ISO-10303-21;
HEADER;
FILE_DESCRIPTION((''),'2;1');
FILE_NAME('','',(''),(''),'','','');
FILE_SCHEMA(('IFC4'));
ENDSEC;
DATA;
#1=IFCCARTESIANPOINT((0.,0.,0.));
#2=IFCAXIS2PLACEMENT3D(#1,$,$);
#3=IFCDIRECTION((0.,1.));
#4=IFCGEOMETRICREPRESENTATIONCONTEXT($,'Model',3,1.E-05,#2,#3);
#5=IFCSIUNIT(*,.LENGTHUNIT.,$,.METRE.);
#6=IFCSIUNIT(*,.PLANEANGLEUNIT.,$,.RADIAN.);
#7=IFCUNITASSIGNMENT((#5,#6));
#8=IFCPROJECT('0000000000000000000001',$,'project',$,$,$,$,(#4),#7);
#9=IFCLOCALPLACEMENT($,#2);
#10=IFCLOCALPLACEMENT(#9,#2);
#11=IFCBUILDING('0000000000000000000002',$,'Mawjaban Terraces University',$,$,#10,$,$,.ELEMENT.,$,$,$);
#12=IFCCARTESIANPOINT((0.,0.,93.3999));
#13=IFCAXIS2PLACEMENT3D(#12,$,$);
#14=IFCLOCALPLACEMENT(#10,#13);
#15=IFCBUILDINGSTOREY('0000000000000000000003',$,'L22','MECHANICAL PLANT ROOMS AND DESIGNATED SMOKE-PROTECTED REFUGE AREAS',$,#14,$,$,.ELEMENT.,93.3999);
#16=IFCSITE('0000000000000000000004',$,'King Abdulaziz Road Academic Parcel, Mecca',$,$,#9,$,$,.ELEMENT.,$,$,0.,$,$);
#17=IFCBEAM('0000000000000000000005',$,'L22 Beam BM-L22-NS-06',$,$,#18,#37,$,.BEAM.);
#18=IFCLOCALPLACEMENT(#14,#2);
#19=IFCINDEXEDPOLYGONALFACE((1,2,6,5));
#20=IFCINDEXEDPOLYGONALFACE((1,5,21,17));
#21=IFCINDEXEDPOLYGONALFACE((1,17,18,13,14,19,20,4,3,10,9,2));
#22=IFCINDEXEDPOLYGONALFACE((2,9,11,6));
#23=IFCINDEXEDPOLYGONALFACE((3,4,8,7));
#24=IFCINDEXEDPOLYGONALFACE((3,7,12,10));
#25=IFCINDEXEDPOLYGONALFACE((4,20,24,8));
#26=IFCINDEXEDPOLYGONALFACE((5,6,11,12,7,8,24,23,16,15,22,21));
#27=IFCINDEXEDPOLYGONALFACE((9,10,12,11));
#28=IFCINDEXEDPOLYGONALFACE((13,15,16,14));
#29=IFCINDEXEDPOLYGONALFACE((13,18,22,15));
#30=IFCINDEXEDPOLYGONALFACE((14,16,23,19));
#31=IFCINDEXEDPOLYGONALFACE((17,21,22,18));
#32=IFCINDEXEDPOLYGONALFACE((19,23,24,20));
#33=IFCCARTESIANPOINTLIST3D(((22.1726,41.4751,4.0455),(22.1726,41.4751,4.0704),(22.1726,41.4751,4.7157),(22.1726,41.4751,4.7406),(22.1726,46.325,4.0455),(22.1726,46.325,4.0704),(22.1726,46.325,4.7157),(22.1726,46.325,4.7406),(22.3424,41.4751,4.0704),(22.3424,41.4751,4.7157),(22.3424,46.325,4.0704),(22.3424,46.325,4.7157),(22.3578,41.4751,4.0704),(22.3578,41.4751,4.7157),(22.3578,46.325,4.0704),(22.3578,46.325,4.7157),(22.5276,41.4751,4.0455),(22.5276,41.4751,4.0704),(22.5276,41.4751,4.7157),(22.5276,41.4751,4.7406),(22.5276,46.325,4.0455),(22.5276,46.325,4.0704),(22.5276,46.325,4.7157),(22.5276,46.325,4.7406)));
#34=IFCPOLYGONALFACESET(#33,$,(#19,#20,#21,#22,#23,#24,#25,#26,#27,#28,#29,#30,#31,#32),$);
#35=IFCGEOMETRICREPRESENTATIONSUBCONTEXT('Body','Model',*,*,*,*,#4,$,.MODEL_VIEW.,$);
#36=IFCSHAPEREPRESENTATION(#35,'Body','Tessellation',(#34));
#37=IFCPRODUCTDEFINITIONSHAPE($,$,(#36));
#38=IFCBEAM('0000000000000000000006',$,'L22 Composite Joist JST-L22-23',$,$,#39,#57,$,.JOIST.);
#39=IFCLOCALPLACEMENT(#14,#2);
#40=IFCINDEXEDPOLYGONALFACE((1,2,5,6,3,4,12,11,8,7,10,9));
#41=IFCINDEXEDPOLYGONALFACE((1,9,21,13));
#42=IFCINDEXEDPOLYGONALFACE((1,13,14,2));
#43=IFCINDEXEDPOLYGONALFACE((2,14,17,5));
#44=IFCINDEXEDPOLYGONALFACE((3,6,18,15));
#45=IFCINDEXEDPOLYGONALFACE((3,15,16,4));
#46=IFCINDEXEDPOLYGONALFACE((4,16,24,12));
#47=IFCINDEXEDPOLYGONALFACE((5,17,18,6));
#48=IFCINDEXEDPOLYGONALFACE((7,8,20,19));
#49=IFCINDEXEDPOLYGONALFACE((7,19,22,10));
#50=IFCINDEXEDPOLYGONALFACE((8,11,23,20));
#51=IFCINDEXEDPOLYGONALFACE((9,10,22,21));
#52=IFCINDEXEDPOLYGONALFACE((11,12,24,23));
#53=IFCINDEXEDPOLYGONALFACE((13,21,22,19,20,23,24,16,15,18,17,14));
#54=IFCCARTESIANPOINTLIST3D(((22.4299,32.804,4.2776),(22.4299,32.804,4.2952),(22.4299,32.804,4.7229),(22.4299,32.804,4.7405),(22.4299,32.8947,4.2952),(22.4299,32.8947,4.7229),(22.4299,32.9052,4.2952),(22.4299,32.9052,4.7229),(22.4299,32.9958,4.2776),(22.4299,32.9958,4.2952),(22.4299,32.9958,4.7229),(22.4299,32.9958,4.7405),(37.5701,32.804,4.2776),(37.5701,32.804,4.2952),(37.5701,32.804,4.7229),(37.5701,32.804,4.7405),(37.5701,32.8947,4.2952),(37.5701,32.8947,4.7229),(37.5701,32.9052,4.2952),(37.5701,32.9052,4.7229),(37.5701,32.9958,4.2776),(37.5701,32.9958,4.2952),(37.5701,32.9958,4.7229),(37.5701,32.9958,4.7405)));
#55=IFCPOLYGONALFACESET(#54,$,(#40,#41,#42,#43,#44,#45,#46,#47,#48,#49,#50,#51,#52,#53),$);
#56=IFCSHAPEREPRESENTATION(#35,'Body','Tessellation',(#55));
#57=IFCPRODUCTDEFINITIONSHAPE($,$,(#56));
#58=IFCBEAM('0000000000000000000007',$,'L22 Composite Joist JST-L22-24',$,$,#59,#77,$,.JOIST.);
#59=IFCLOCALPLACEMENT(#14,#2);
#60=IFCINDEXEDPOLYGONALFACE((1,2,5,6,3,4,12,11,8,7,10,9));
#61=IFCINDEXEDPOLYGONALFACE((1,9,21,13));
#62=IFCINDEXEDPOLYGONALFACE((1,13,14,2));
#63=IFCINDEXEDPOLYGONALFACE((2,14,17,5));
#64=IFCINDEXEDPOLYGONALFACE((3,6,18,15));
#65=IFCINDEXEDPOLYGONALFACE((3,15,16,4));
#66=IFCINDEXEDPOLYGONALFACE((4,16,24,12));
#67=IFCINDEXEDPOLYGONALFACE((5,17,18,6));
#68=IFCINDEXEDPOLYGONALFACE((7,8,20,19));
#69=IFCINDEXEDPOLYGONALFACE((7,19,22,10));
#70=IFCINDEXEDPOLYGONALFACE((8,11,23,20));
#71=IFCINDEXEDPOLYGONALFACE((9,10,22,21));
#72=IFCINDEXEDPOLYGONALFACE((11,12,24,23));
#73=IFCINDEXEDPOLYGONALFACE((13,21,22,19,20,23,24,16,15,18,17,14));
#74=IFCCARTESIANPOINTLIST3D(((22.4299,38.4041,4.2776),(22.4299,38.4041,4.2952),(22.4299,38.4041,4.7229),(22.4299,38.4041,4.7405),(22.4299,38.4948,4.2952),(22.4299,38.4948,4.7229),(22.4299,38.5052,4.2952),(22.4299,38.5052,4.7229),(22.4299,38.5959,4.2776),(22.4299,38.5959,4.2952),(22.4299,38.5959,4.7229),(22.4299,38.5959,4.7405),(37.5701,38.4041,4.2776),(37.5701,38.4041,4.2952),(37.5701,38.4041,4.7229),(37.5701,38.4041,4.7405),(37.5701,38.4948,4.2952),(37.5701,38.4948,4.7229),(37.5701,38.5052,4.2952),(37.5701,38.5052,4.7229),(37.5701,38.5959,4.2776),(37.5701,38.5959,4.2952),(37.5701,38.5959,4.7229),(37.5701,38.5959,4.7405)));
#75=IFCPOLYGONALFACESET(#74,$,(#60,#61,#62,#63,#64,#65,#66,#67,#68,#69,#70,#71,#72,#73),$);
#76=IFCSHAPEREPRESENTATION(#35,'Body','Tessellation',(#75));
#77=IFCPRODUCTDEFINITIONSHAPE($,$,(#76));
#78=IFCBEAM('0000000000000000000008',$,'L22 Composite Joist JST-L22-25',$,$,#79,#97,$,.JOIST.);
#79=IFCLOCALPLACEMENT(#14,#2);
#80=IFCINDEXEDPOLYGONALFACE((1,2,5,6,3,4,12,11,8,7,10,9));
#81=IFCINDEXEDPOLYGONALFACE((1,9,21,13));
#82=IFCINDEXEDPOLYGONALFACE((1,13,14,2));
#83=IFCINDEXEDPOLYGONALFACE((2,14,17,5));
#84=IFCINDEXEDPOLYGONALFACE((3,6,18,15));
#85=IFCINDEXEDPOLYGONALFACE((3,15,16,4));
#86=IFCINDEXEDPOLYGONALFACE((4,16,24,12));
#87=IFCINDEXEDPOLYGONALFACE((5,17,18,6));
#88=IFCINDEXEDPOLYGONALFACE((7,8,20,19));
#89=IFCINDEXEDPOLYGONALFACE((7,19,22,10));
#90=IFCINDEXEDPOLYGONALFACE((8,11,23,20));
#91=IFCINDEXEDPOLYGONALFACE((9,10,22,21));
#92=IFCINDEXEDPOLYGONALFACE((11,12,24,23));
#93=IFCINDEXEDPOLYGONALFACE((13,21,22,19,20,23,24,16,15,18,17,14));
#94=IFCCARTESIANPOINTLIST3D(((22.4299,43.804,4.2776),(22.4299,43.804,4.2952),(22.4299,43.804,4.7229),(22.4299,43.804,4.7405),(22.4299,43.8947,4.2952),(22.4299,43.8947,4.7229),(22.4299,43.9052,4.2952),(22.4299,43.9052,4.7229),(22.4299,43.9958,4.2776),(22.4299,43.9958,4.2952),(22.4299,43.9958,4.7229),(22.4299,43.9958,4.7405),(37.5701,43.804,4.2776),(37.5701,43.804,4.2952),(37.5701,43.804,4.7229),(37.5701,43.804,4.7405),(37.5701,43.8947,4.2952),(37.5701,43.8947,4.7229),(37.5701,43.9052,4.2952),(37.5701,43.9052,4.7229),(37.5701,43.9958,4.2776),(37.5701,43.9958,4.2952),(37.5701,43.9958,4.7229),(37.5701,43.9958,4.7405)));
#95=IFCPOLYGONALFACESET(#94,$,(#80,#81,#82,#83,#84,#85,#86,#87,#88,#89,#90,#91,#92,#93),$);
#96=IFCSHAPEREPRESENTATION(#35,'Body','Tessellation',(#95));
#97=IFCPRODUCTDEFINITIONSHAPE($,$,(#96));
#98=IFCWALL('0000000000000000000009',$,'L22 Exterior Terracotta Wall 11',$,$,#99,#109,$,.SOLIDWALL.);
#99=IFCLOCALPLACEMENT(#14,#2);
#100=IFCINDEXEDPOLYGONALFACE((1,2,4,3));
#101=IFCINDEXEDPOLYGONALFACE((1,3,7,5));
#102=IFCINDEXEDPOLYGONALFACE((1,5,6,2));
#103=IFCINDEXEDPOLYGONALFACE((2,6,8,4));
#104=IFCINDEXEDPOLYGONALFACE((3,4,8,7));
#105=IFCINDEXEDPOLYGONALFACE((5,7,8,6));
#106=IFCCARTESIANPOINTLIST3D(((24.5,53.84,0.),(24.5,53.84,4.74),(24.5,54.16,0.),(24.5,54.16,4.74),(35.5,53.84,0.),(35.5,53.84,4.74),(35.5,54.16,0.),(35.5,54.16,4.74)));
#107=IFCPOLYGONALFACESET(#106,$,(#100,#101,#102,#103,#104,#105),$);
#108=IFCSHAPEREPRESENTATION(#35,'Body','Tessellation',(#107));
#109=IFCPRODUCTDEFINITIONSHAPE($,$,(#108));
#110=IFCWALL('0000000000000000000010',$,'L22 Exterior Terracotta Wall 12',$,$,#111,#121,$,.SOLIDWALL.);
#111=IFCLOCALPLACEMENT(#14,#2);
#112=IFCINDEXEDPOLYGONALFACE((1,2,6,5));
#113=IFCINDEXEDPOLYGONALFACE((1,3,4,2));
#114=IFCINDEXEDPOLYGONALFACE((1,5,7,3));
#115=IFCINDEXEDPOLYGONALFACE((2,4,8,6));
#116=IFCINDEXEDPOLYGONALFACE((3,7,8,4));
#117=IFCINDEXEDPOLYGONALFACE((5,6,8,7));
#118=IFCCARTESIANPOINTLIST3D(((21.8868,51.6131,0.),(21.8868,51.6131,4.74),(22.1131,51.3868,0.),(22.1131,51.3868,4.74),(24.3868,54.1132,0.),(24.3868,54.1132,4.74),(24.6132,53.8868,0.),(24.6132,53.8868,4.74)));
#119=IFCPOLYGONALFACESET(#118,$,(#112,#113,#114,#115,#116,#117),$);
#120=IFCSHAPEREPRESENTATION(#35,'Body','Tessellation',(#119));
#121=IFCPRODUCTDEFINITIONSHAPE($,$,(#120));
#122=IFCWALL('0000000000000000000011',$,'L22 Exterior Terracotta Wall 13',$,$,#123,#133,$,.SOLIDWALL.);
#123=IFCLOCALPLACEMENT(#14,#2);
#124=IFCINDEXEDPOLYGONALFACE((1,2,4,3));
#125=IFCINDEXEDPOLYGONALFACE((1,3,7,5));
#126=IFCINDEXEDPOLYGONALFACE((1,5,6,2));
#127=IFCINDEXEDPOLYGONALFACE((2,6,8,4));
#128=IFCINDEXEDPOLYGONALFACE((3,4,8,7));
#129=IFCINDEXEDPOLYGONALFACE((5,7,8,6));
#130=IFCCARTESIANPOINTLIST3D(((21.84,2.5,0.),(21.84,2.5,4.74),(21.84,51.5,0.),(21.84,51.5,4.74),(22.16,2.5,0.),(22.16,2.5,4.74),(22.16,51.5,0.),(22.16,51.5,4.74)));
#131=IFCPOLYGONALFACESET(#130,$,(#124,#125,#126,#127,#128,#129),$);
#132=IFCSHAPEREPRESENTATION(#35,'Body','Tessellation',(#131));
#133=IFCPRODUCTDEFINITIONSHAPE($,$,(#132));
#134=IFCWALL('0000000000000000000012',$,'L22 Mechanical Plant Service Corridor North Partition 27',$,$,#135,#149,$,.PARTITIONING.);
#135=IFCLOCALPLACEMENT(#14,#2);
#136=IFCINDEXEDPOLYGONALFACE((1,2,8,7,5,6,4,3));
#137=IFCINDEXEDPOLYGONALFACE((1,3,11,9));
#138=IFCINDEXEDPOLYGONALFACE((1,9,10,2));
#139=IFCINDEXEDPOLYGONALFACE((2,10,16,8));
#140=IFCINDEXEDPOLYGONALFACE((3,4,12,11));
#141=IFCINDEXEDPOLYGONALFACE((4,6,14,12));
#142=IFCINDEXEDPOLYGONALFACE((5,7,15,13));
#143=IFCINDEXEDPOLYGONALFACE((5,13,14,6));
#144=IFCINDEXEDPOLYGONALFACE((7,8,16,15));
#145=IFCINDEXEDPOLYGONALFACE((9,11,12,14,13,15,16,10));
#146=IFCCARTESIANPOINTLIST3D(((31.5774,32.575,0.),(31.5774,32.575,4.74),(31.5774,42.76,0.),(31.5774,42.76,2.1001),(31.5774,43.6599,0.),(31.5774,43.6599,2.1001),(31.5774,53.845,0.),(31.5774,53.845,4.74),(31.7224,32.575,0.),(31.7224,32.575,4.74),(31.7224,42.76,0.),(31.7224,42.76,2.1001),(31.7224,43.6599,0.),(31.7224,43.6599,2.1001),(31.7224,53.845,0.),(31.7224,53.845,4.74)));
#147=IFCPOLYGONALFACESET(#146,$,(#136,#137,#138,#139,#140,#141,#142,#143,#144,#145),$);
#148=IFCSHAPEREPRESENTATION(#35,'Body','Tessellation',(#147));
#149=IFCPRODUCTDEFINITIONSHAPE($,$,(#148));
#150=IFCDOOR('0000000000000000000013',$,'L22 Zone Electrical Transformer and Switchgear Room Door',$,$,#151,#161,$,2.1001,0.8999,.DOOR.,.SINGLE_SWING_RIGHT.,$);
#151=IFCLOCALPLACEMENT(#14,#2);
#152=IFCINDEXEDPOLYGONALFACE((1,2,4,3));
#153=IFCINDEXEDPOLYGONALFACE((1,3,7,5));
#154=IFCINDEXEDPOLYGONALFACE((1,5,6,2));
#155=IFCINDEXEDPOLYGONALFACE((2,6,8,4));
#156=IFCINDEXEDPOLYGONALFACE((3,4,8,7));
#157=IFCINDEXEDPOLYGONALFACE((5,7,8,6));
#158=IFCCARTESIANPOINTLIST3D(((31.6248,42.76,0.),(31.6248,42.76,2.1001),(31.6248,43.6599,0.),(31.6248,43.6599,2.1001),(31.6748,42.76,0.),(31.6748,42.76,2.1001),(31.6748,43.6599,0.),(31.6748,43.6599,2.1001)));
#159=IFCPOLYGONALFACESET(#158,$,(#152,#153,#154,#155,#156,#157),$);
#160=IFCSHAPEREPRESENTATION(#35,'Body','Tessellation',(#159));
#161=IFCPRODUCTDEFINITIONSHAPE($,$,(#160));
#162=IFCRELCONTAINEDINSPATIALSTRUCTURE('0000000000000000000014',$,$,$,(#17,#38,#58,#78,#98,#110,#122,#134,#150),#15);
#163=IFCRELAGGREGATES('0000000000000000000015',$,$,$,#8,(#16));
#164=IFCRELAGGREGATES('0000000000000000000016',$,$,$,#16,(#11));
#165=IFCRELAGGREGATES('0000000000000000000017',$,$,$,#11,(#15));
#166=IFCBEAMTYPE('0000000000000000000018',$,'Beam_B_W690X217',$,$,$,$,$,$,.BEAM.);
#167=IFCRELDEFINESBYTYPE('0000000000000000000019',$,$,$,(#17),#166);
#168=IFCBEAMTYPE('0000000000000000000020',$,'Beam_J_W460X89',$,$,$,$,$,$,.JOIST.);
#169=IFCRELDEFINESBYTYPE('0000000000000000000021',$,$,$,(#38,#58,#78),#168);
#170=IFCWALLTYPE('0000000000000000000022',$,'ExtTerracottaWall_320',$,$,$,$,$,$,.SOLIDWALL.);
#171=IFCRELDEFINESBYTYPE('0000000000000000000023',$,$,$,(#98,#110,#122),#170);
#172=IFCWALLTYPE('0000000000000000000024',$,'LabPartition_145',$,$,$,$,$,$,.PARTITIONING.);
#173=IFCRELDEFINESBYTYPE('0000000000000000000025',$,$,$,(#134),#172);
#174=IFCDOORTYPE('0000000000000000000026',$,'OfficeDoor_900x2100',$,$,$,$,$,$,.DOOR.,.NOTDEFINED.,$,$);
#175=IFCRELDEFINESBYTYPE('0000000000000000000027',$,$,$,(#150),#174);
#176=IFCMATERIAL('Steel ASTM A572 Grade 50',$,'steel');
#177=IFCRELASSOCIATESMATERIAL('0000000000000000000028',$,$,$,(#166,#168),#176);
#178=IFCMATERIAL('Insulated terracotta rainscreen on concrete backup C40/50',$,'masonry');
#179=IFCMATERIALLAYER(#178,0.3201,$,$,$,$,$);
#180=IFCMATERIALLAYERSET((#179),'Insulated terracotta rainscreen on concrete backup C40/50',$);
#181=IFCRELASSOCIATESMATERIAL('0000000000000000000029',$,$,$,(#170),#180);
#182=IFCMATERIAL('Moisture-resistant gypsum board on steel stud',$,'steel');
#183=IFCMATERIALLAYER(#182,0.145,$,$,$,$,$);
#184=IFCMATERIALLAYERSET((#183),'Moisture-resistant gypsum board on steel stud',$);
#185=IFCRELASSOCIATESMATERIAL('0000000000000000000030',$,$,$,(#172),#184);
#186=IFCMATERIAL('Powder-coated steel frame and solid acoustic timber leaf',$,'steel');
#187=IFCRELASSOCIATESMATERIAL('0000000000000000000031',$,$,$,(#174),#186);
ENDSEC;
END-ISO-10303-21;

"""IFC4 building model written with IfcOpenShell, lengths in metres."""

from ifc_helpers import new_model, si_unit, direction, frame, frame_2d, origin, origin_2d, place, context, subcontext, project, spatial, rectangle, i_section, extrude, material, layer, layer_set, material_profile, profile_set, type_object, element, fill, save


model = new_model("IFC4")

# Units and contexts
model_context = context("Model", 3, precision=1e-05, world=origin(), true_north=direction((0.0, 1.0)))
body_context = subcontext(model_context, "Body", "Model", "MODEL_VIEW")
ifc_project = project(units=[si_unit("LENGTHUNIT", "METRE"), si_unit("PLANEANGLEUNIT", "RADIAN")], contexts=[model_context])

# Site, building, storey
site_placement = place(None, origin())
site = spatial("IfcSite", under=ifc_project, at=site_placement, Name="King Abdulaziz Road Academic Parcel, Mecca", CompositionType="ELEMENT", RefElevation=0.0)
building_placement = place(site_placement, origin())
building = spatial("IfcBuilding", under=site, at=building_placement, Name="Mawjaban Terraces University", CompositionType="ELEMENT")
storey_placement = place(building_placement, frame((0.0, 0.0, 93.3999)))
storey = spatial("IfcBuildingStorey", under=building, at=storey_placement, Name="L22", Description="MECHANICAL PLANT ROOMS AND DESIGNATED SMOKE-PROTECTED REFUGE AREAS", CompositionType="ELEMENT", Elevation=93.3999)

# Beams
ifc_material_1 = material(Name="Steel ASTM A572 Grade 50", Category="steel")
ifc_material_profile_1 = material_profile(ifc_material_1, i_section(OverallWidth=0.355, OverallDepth=0.6951, WebThickness=0.0154, FlangeThickness=0.0249, at=origin_2d()), Name="W690X217")
ifc_profile_set_1 = profile_set([ifc_material_profile_1], Name="Steel ASTM A572 Grade 50")
beam_type_1 = type_object("IfcBeamType", Name="Beam_B_W690X217", PredefinedType="BEAM", material=ifc_profile_set_1)
beam_1_placement = place(storey_placement, frame((22.3501, 41.4751, 4.3931), z_axis=(0.0, 1.0, 0.0), x_axis=(-1.0, 0.0, 0.0)))
element("IfcBeam", 1, at=beam_1_placement, inside=storey, type_object=beam_type_1, Name="L22 Beam BM-L22-NS-06", PredefinedType="BEAM", context=body_context, shape_type="SweptSolid", body=[
    extrude(i_section(OverallWidth=0.355, OverallDepth=0.6951, WebThickness=0.0154, FlangeThickness=0.0249, at=origin_2d()), origin(), (0.0, 0.0, 1.0), 4.8499),
])
ifc_material_profile_2 = material_profile(ifc_material_1, i_section(OverallWidth=0.1919, OverallDepth=0.4629, WebThickness=0.0105, FlangeThickness=0.0176, at=origin_2d()), Name="W460X89")
ifc_profile_set_2 = profile_set([ifc_material_profile_2], Name="Steel ASTM A572 Grade 50")
beam_type_2 = type_object("IfcBeamType", Name="Beam_J_W460X89", PredefinedType="JOIST", material=ifc_profile_set_2)
for number, where, z_axis, x_axis, name in (
    (2, (22.4299, 32.8999, 4.509), (1.0, 0.0, 0.0), (0.0, 1.0, 0.0), "L22 Composite Joist JST-L22-23"),
    (3, (22.4299, 38.5, 4.509), (1.0, 0.0, 0.0), (0.0, 1.0, 0.0), "L22 Composite Joist JST-L22-24"),
    (4, (22.4299, 43.8999, 4.509), (1.0, 0.0, 0.0), (0.0, 1.0, 0.0), "L22 Composite Joist JST-L22-25"),
):
    element("IfcBeam", number, at=place(storey_placement, frame(where, z_axis=z_axis, x_axis=x_axis)), inside=storey, type_object=beam_type_2, Name=name, PredefinedType="JOIST", context=body_context, shape_type="SweptSolid", body=[
        extrude(i_section(OverallWidth=0.1919, OverallDepth=0.4629, WebThickness=0.0105, FlangeThickness=0.0176, at=origin_2d()), origin(), (0.0, 0.0, 1.0), 15.1401),
    ])

# Walls
ifc_material_2 = material(Name="Insulated terracotta rainscreen on concrete backup C40/50", Category="masonry")
ifc_layer_1 = layer(ifc_material_2, 0.3201)
ifc_layer_set_1 = layer_set([ifc_layer_1], Name="Insulated terracotta rainscreen on concrete backup C40/50")
wall_type_1 = type_object("IfcWallType", Name="ExtTerracottaWall_320", PredefinedType="SOLIDWALL", material=ifc_layer_set_1)
wall_1_placement = place(storey_placement, frame((35.5, 54.0, 0.0), z_axis=(0.0, 0.0, 1.0), x_axis=(-1.0, 0.0, 0.0)))
element("IfcWall", 5, at=wall_1_placement, inside=storey, type_object=wall_type_1, Name="L22 Exterior Terracotta Wall 11", PredefinedType="SOLIDWALL", context=body_context, shape_type="SweptSolid", body=[
    extrude(rectangle(XDim=11.0, YDim=0.3201, at=frame_2d((5.5, 0.0))), origin(), (0.0, 0.0, 1.0), 4.74),
])
wall_2_placement = place(storey_placement, frame((24.5, 54.0, 0.0), z_axis=(0.0, 0.0, 1.0), x_axis=(-0.707107, -0.707107, 0.0)))
element("IfcWall", 6, at=wall_2_placement, inside=storey, type_object=wall_type_1, Name="L22 Exterior Terracotta Wall 12", PredefinedType="SOLIDWALL", context=body_context, shape_type="SweptSolid", body=[
    extrude(rectangle(XDim=3.5356, YDim=0.3201, at=frame_2d((1.7678, 0.0))), origin(), (0.0, 0.0, 1.0), 4.74),
])
wall_3_placement = place(storey_placement, frame((22.0, 51.5, 0.0), z_axis=(0.0, 0.0, 1.0), x_axis=(0.0, -1.0, 0.0)))
element("IfcWall", 7, at=wall_3_placement, inside=storey, type_object=wall_type_1, Name="L22 Exterior Terracotta Wall 13", PredefinedType="SOLIDWALL", context=body_context, shape_type="SweptSolid", body=[
    extrude(rectangle(XDim=49.0, YDim=0.3201, at=frame_2d((24.5, 0.0))), origin(), (0.0, 0.0, 1.0), 4.74),
])

# Wall, opening, door
ifc_material_3 = material(Name="Moisture-resistant gypsum board on steel stud", Category="steel")
ifc_layer_2 = layer(ifc_material_3, 0.145)
ifc_layer_set_2 = layer_set([ifc_layer_2], Name="Moisture-resistant gypsum board on steel stud")
wall_type_2 = type_object("IfcWallType", Name="LabPartition_145", PredefinedType="PARTITIONING", material=ifc_layer_set_2)
wall_4_placement = place(storey_placement, frame((31.6499, 53.845, 0.0), z_axis=(0.0, 0.0, 1.0), x_axis=(0.0, -1.0, 0.0)))
wall_4 = element("IfcWall", 8, at=wall_4_placement, inside=storey, type_object=wall_type_2, Name="L22 Mechanical Plant Service Corridor North Partition 27", PredefinedType="PARTITIONING", context=body_context, shape_type="SweptSolid", body=[
    extrude(rectangle(XDim=21.27, YDim=0.145, at=frame_2d((10.635, 0.0))), origin(), (0.0, 0.0, 1.0), 4.74),
])
opening_placement = place(wall_4_placement, frame((10.1851, 0.0, 0.0)))
opening = element("IfcOpeningElement", 9, at=opening_placement, cuts=wall_4, PredefinedType="OPENING", context=body_context, shape_type="SweptSolid", body=[
    extrude(rectangle(XDim=0.8999, YDim=2.1001, at=frame_2d((0.45, 1.05))), frame((0.0, 0.0825, 0.0), z_axis=(0.0, -1.0, 0.0), x_axis=(1.0, 0.0, 0.0)), (0.0, 0.0, 1.0), 0.165),
])
ifc_material_4 = material(Name="Powder-coated steel frame and solid acoustic timber leaf", Category="steel")
door_type = type_object("IfcDoorType", Name="OfficeDoor_900x2100", OperationType="NOTDEFINED", PredefinedType="DOOR", material=ifc_material_4)
door_placement = place(opening_placement, origin())
door = element("IfcDoor", 10, at=door_placement, inside=storey, type_object=door_type, Name="L22 Zone Electrical Transformer and Switchgear Room Door", OperationType="SINGLE_SWING_RIGHT", OverallHeight=2.1001, OverallWidth=0.8999, PredefinedType="DOOR", context=body_context, shape_type="SweptSolid", body=[
    extrude(rectangle(XDim=0.8999, YDim=2.1001, at=frame_2d((0.45, 1.05))), frame((0.0, 0.0249, 0.0), z_axis=(0.0, -1.0, 0.0), x_axis=(1.0, 0.0, 0.0)), (0.0, 0.0, 1.0), 0.05),
])
fill(opening, door)

save(model, "model.ifc")
